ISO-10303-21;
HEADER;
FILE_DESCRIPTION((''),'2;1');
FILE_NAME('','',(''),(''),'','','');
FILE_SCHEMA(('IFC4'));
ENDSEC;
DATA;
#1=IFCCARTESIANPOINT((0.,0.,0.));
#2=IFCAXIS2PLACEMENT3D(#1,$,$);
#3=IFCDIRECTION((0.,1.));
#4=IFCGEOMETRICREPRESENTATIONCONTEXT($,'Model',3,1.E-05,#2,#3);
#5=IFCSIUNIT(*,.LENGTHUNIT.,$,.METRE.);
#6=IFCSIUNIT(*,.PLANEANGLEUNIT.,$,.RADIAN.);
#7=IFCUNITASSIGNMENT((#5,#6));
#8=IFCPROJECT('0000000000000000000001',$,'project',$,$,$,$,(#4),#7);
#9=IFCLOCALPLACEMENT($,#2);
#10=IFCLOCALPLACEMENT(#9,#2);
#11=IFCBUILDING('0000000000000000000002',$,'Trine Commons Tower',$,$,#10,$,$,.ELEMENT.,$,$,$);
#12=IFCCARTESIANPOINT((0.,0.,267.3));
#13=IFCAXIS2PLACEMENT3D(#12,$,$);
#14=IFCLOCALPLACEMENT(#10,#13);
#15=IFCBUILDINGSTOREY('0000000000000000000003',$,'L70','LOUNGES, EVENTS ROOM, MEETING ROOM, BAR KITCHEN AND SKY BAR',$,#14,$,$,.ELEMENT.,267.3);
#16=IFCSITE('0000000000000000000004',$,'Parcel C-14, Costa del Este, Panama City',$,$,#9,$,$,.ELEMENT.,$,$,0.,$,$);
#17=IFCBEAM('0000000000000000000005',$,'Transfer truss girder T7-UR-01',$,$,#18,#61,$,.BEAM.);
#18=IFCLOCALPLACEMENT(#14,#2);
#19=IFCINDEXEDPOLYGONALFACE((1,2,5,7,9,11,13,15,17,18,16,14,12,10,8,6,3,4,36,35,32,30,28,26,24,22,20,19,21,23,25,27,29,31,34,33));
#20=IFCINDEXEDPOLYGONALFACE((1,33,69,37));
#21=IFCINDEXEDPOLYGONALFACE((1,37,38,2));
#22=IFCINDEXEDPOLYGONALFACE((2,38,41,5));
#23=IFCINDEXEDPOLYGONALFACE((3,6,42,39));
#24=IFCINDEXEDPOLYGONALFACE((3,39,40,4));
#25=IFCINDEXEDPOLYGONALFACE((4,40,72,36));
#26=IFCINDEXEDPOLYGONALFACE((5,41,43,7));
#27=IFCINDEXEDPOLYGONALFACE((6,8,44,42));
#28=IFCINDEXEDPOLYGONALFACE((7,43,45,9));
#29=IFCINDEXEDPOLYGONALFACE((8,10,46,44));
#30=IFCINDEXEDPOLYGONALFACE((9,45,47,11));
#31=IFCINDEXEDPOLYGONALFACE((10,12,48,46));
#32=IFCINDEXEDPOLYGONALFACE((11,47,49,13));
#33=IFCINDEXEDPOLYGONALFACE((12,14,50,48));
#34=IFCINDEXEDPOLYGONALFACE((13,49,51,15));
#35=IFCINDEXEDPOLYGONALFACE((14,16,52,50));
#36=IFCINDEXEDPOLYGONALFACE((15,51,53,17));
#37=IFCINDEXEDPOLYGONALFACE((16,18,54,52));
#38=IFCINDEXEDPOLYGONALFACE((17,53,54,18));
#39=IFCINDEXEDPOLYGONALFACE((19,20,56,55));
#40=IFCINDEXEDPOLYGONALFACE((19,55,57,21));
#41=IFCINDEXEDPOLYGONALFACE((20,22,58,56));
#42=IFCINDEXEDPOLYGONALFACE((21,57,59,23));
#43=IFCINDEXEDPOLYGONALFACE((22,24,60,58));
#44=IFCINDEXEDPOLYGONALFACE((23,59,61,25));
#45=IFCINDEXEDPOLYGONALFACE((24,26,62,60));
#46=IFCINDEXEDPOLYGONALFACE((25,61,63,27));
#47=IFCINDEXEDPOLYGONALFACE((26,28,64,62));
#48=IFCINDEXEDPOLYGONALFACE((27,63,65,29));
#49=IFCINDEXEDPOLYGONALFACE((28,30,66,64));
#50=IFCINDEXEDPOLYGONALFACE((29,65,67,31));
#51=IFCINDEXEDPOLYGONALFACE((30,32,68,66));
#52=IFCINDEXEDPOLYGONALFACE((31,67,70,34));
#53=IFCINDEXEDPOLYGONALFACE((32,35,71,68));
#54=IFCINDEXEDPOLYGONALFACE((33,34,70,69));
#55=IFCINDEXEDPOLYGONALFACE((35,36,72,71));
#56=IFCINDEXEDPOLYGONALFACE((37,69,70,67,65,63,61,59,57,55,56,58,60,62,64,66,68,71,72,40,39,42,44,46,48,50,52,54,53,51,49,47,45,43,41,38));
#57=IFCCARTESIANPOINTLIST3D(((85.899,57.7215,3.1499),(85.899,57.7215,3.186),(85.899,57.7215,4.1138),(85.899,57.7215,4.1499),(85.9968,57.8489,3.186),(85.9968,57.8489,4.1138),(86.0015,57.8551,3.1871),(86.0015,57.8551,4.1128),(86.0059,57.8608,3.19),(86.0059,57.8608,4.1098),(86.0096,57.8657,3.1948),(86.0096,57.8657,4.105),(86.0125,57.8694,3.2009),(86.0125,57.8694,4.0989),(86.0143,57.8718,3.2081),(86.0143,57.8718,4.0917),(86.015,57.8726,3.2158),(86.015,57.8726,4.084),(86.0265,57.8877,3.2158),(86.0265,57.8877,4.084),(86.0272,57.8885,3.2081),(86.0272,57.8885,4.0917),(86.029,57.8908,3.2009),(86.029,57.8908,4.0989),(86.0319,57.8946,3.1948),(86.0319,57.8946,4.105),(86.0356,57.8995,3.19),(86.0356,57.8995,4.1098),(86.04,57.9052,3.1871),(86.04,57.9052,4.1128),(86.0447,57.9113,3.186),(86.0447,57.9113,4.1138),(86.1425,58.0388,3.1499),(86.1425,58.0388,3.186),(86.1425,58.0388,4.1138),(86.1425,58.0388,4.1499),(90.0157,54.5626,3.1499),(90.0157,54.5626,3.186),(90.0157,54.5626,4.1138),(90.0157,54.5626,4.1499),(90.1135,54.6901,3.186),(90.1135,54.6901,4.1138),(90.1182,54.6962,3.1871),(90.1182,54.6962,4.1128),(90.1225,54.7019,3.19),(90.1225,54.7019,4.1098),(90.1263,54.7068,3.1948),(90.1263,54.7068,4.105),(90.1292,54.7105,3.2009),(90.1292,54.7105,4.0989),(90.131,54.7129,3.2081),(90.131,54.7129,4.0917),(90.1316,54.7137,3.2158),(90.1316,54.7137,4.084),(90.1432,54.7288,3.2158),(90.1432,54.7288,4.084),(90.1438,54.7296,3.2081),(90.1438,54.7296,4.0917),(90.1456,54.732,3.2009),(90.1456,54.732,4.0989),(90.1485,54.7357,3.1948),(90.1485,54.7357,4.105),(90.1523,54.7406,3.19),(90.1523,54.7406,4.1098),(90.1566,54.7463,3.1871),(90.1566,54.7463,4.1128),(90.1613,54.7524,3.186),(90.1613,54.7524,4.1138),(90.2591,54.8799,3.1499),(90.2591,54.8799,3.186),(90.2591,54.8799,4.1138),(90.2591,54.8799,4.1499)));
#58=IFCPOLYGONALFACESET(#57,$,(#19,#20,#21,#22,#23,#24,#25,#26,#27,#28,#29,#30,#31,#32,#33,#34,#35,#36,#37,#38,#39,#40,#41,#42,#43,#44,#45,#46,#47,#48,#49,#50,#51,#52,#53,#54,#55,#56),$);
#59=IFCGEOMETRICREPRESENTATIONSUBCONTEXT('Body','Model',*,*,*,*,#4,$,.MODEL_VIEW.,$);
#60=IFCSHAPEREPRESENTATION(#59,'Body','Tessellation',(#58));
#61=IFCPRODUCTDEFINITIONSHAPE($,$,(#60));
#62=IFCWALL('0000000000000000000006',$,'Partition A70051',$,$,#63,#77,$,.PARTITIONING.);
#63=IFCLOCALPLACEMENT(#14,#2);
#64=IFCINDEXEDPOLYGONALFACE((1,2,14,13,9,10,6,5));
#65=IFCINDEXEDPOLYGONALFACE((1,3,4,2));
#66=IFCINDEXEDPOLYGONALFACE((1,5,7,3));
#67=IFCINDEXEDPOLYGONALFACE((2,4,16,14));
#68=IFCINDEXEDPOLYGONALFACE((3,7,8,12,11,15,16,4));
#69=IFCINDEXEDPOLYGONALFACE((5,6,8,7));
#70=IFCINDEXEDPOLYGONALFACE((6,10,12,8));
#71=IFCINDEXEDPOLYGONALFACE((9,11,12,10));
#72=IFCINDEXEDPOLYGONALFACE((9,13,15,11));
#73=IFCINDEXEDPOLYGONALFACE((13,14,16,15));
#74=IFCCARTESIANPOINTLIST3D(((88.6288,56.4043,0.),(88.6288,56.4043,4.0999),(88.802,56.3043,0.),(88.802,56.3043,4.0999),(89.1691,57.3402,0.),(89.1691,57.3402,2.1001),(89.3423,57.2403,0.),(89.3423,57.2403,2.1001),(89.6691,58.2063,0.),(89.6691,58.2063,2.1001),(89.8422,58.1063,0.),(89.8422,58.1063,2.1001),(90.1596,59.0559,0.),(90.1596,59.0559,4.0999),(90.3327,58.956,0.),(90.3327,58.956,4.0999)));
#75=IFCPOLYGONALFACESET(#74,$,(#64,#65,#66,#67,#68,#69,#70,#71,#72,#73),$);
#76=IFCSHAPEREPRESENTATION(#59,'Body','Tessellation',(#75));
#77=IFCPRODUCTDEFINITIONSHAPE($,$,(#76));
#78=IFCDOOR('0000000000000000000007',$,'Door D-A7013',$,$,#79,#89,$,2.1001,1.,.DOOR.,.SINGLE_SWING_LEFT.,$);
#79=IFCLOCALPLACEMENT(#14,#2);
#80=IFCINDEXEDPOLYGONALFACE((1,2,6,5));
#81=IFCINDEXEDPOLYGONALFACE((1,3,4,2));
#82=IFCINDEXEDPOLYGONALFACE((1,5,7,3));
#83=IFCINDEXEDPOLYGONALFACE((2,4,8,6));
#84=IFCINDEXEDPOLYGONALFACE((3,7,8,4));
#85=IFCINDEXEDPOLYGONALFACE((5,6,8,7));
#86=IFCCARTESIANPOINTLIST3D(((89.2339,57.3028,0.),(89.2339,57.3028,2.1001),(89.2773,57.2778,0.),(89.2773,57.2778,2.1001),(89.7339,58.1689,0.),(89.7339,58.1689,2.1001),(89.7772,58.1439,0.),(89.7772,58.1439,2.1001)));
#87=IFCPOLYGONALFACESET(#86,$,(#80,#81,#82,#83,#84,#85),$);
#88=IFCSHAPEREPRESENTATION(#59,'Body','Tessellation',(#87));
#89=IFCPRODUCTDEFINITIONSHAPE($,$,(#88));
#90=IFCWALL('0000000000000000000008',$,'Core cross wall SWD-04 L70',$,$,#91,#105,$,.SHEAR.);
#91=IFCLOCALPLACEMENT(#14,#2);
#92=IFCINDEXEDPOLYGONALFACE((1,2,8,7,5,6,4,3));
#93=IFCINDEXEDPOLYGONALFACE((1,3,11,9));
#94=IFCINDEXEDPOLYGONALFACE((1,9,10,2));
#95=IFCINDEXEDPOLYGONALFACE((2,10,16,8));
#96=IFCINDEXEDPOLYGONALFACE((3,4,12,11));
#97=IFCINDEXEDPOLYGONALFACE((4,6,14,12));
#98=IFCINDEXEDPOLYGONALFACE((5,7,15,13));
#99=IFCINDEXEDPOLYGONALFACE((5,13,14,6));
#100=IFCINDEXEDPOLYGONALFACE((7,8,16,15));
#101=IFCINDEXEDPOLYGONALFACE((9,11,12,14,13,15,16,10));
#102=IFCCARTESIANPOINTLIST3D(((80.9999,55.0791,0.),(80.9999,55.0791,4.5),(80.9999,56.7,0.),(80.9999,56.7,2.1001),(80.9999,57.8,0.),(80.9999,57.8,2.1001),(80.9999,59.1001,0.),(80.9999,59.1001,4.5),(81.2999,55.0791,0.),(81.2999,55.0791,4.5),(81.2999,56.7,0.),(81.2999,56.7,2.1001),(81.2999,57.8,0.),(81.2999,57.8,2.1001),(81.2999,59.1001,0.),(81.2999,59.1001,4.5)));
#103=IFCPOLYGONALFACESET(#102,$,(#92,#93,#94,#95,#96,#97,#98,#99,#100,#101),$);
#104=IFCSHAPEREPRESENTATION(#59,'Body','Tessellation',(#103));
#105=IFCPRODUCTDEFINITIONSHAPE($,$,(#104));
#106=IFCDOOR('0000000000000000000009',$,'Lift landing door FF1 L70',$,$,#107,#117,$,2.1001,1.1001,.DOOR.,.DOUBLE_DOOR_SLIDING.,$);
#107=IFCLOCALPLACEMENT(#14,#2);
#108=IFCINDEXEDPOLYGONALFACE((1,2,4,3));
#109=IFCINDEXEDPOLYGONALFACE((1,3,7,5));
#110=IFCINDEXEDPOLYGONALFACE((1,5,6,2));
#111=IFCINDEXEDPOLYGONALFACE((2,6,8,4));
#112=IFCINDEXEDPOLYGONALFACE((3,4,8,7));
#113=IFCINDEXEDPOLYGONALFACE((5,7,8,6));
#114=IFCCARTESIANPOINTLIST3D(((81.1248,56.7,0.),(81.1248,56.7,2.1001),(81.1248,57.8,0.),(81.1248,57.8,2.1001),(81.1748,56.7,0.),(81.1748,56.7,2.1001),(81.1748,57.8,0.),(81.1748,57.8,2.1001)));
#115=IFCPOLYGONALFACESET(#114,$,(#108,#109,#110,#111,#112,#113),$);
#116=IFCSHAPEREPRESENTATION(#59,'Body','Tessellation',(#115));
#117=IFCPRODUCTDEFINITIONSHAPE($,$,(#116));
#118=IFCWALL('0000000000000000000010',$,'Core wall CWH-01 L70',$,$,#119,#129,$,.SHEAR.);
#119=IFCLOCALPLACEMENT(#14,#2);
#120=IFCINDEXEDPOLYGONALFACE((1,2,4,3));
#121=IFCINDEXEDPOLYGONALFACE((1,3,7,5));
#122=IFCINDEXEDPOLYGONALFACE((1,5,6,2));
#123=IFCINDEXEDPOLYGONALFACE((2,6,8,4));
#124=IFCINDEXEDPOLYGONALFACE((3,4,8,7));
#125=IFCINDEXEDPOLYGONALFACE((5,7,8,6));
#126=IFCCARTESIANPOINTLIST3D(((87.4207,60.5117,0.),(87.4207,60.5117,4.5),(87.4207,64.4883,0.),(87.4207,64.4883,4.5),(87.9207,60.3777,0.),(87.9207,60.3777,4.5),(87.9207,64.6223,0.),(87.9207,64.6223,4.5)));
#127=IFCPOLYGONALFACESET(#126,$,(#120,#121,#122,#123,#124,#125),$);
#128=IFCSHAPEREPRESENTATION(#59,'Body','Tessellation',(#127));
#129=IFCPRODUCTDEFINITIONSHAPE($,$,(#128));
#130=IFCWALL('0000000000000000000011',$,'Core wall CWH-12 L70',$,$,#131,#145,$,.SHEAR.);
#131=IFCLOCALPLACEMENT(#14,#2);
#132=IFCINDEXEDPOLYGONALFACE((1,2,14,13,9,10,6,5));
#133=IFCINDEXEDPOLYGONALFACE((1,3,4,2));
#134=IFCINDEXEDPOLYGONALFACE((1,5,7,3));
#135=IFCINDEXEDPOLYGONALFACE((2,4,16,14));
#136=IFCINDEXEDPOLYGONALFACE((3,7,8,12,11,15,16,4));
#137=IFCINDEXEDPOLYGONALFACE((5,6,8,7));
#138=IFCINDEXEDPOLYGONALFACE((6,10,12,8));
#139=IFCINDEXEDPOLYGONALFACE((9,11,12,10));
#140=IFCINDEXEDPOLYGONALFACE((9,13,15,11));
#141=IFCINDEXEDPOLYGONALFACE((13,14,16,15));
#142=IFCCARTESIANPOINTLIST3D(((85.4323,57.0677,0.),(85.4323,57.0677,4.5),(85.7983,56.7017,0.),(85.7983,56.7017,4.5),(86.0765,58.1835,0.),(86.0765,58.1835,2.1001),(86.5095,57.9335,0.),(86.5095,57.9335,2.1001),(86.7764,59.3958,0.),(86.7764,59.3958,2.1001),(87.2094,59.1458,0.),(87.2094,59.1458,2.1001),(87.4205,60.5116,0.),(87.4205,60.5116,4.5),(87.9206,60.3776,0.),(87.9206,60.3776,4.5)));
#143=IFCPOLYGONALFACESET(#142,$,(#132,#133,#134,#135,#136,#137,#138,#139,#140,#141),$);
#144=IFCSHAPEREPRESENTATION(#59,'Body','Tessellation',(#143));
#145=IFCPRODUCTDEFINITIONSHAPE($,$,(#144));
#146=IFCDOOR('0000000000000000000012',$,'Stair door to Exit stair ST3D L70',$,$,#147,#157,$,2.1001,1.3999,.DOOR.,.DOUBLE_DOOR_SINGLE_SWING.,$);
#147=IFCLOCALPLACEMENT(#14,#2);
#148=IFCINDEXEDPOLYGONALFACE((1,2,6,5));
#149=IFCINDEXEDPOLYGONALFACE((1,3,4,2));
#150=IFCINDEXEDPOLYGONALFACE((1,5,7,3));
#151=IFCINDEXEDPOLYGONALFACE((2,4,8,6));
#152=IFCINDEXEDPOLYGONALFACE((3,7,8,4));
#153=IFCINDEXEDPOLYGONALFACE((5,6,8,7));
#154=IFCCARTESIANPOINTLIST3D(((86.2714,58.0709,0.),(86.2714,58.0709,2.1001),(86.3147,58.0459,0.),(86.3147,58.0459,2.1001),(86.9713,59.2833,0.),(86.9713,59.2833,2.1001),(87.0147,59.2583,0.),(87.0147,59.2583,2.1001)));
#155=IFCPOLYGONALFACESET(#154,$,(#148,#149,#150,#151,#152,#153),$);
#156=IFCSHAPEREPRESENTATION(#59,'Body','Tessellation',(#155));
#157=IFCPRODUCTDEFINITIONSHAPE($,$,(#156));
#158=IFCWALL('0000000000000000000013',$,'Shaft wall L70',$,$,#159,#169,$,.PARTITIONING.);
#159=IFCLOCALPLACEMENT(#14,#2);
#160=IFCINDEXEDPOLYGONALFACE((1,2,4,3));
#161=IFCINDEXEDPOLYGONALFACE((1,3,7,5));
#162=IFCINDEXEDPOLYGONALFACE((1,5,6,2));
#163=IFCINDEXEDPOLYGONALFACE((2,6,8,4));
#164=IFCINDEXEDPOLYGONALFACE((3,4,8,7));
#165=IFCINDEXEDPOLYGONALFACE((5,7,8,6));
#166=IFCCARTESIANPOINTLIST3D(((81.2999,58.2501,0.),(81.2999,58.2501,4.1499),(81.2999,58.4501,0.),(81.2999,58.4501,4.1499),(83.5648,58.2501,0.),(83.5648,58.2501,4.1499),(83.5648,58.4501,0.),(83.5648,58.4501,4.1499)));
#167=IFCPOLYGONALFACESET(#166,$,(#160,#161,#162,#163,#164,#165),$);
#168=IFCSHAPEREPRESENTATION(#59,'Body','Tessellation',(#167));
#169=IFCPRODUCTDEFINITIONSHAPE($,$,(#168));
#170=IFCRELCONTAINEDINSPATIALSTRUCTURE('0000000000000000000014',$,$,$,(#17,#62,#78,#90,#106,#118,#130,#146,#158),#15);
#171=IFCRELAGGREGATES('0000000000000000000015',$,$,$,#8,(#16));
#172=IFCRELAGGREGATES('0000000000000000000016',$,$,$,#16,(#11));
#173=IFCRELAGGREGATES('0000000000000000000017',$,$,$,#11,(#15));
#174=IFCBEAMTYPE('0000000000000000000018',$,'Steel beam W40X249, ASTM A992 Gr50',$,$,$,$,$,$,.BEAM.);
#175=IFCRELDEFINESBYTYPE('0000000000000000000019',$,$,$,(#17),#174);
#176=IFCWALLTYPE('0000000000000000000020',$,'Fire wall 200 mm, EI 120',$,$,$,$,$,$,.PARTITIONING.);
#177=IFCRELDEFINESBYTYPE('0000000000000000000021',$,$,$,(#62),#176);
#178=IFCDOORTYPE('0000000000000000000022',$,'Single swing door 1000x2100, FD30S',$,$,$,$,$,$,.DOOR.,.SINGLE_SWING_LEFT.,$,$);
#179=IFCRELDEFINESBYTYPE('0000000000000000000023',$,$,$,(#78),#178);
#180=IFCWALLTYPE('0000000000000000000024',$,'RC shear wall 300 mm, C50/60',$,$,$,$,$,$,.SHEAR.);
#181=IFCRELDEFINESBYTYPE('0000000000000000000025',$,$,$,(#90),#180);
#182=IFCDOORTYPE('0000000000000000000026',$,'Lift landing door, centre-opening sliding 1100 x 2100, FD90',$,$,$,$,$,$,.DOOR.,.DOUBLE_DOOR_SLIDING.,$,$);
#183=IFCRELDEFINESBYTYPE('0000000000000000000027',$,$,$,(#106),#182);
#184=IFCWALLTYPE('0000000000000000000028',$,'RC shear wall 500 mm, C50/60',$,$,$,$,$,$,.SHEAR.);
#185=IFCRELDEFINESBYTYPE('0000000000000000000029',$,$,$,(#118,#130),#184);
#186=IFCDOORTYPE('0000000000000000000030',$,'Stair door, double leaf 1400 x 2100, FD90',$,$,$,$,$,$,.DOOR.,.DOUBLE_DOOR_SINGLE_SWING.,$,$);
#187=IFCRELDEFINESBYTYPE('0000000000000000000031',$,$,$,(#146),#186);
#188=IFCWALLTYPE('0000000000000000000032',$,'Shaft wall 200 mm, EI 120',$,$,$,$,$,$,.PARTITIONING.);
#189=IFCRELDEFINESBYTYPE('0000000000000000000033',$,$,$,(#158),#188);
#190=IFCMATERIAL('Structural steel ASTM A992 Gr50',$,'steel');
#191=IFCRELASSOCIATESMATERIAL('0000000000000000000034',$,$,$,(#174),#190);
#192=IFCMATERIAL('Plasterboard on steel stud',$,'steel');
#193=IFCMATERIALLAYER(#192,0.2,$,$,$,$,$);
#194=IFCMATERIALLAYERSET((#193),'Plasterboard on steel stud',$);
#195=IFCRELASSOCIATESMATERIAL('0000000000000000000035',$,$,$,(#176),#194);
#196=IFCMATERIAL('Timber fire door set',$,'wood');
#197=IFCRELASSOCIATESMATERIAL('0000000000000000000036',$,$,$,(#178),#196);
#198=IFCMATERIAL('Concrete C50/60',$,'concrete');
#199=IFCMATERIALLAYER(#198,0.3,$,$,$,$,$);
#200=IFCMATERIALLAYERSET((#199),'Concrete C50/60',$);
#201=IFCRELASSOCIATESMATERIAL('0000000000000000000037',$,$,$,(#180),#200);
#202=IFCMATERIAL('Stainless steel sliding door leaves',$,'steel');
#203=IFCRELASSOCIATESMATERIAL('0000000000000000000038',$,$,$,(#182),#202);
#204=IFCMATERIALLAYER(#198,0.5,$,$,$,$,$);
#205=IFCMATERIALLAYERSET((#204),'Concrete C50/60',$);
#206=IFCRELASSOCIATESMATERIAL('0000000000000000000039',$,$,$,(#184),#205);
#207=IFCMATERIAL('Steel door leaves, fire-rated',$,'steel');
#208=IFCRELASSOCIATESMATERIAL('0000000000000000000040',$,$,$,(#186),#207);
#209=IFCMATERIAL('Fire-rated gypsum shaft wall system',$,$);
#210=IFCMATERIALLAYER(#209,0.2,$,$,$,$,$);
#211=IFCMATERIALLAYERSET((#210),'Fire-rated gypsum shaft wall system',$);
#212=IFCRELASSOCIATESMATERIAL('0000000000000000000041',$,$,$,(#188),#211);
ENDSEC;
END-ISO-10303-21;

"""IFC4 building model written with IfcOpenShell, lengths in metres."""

from ifc_helpers import new_model, si_unit, direction, frame, frame_2d, origin, origin_2d, place, context, subcontext, project, spatial, polyline, rectangle, i_section, outline, extrude, material, layer, layer_set, material_profile, profile_set, type_object, element, fill, save


model = new_model("IFC4")

# Units and contexts
model_context = context("Model", 3, precision=1e-05, world=origin(), true_north=direction((0.0, 1.0)))
body_context = subcontext(model_context, "Body", "Model", "MODEL_VIEW")
ifc_project = project(units=[si_unit("LENGTHUNIT", "METRE"), si_unit("PLANEANGLEUNIT", "RADIAN")], contexts=[model_context])

# Site, building, storey
site_placement = place(None, origin())
site = spatial("IfcSite", under=ifc_project, at=site_placement, Name="Parcel C-14, Costa del Este, Panama City", CompositionType="ELEMENT", RefElevation=0.0)
building_placement = place(site_placement, origin())
building = spatial("IfcBuilding", under=site, at=building_placement, Name="Trine Commons Tower", CompositionType="ELEMENT")
storey_placement = place(building_placement, frame((0.0, 0.0, 267.3)))
storey = spatial("IfcBuildingStorey", under=building, at=storey_placement, Name="L70", Description="LOUNGES, EVENTS ROOM, MEETING ROOM, BAR KITCHEN AND SKY BAR", CompositionType="ELEMENT", Elevation=267.3)

# Beam
ifc_material_1 = material(Name="Structural steel ASTM A992 Gr50", Category="steel")
ifc_material_profile = material_profile(ifc_material_1, i_section(OverallWidth=0.3999, OverallDepth=1.0, WebThickness=0.019, FlangeThickness=0.0361, FilletRadius=0.0298, at=origin_2d()), Name="W40X249")
ifc_profile_set = profile_set([ifc_material_profile], Name="Structural steel ASTM A992 Gr50")
beam_type = type_object("IfcBeamType", Name="Steel beam W40X249, ASTM A992 Gr50", PredefinedType="BEAM", material=ifc_profile_set)
beam_placement = place(storey_placement, frame((86.0208, 57.8801, 3.6499), z_axis=(0.793346, -0.608771, 0.0), x_axis=(0.608771, 0.793346, 0.0)))
element("IfcBeam", 1, at=beam_placement, inside=storey, type_object=beam_type, Name="Transfer truss girder T7-UR-01", PredefinedType="BEAM", context=body_context, shape_type="SweptSolid", body=[
    extrude(i_section(OverallWidth=0.3999, OverallDepth=1.0, WebThickness=0.019, FlangeThickness=0.0361, FilletRadius=0.0298, at=origin_2d()), origin(), (0.0, 0.0, 1.0), 5.189),
])

# Walls, openings, doors
ifc_material_2 = material(Name="Plasterboard on steel stud", Category="steel")
ifc_layer_1 = layer(ifc_material_2, 0.2)
ifc_layer_set_1 = layer_set([ifc_layer_1], Name="Plasterboard on steel stud")
wall_type_1 = type_object("IfcWallType", Name="Fire wall 200 mm, EI 120", PredefinedType="PARTITIONING", material=ifc_layer_set_1)
wall_1_placement = place(storey_placement, frame((90.2461, 59.0059, 0.0), z_axis=(0.0, 0.0, 1.0), x_axis=(-0.499964, -0.866046, 0.0)))
wall_1 = element("IfcWall", 2, at=wall_1_placement, inside=storey, type_object=wall_type_1, Name="Partition A70051", PredefinedType="PARTITIONING", context=body_context, shape_type="SweptSolid", body=[
    extrude(rectangle(XDim=3.0618, YDim=0.2, at=frame_2d((1.5308, 0.0))), origin(), (0.0, 0.0, 1.0), 4.0999),
])
opening_1_placement = place(wall_1_placement, frame((0.981, 0.0, 0.0)))
opening_1 = element("IfcOpeningElement", 3, at=opening_1_placement, cuts=wall_1, PredefinedType="OPENING", context=body_context, shape_type="SweptSolid", body=[
    extrude(rectangle(XDim=1.0, YDim=2.1001, at=frame_2d((0.5, 1.05))), frame((0.0, 0.1099, 0.0), z_axis=(0.0, -1.0, 0.0), x_axis=(1.0, 0.0, 0.0)), (0.0, 0.0, 1.0), 0.22),
])
ifc_material_3 = material(Name="Timber fire door set", Category="wood")
door_type_1 = type_object("IfcDoorType", Name="Single swing door 1000x2100, FD30S", OperationType="SINGLE_SWING_LEFT", PredefinedType="DOOR", material=ifc_material_3)
door_1_placement = place(opening_1_placement, origin())
door_1 = element("IfcDoor", 4, at=door_1_placement, inside=storey, type_object=door_type_1, Name="Door D-A7013", OperationType="SINGLE_SWING_LEFT", OverallHeight=2.1001, OverallWidth=1.0, PredefinedType="DOOR", context=body_context, shape_type="SweptSolid", body=[
    extrude(rectangle(XDim=1.0, YDim=2.1001, at=frame_2d((0.5, 1.05))), frame((0.0, 0.0249, 0.0), z_axis=(0.0, -1.0, 0.0), x_axis=(1.0, 0.0, 0.0)), (0.0, 0.0, 1.0), 0.05),
])
fill(opening_1, door_1)
ifc_material_4 = material(Name="Concrete C50/60", Category="concrete")
ifc_layer_2 = layer(ifc_material_4, 0.3)
ifc_layer_set_2 = layer_set([ifc_layer_2], Name="Concrete C50/60")
wall_type_2 = type_object("IfcWallType", Name="RC shear wall 300 mm, C50/60", PredefinedType="SHEAR", material=ifc_layer_set_2)
wall_2_placement = place(storey_placement, frame((81.1499, 59.1001, 0.0), z_axis=(0.0, 0.0, 1.0), x_axis=(0.0, -1.0, 0.0)))
wall_2 = element("IfcWall", 5, at=wall_2_placement, inside=storey, type_object=wall_type_2, Name="Core cross wall SWD-04 L70", PredefinedType="SHEAR", context=body_context, shape_type="SweptSolid", body=[
    extrude(rectangle(XDim=4.021, YDim=0.3, at=frame_2d((2.0105, 0.0))), origin(), (0.0, 0.0, 1.0), 4.5),
])
opening_2_placement = place(wall_2_placement, frame((1.3, 0.0, 0.0)))
opening_2 = element("IfcOpeningElement", 6, at=opening_2_placement, cuts=wall_2, PredefinedType="OPENING", context=body_context, shape_type="SweptSolid", body=[
    extrude(rectangle(XDim=1.1001, YDim=2.1001, at=frame_2d((0.55, 1.05))), frame((0.0, 0.1599, 0.0), z_axis=(0.0, -1.0, 0.0), x_axis=(1.0, 0.0, 0.0)), (0.0, 0.0, 1.0), 0.3201),
])
ifc_material_5 = material(Name="Stainless steel sliding door leaves", Category="steel")
door_type_2 = type_object("IfcDoorType", Name="Lift landing door, centre-opening sliding 1100 x 2100, FD90", OperationType="DOUBLE_DOOR_SLIDING", PredefinedType="DOOR", material=ifc_material_5)
door_2_placement = place(opening_2_placement, origin())
door_2 = element("IfcDoor", 7, at=door_2_placement, inside=storey, type_object=door_type_2, Name="Lift landing door FF1 L70", OperationType="DOUBLE_DOOR_SLIDING", OverallHeight=2.1001, OverallWidth=1.1001, PredefinedType="DOOR", context=body_context, shape_type="SweptSolid", body=[
    extrude(rectangle(XDim=1.1001, YDim=2.1001, at=frame_2d((0.55, 1.05))), frame((0.0, 0.0249, 0.0), z_axis=(0.0, -1.0, 0.0), x_axis=(1.0, 0.0, 0.0)), (0.0, 0.0, 1.0), 0.05),
])
fill(opening_2, door_2)

# Wall
ifc_layer_3 = layer(ifc_material_4, 0.5)
ifc_layer_set_3 = layer_set([ifc_layer_3], Name="Concrete C50/60")
wall_type_3 = type_object("IfcWallType", Name="RC shear wall 500 mm, C50/60", PredefinedType="SHEAR", material=ifc_layer_set_3)
wall_3_placement = place(storey_placement, frame((87.6707, 60.3777, 0.0), z_axis=(0.0, 0.0, 1.0), x_axis=(0.0, 1.0, 0.0)))
element("IfcWall", 8, at=wall_3_placement, inside=storey, type_object=wall_type_3, Name="Core wall CWH-01 L70", PredefinedType="SHEAR", context=body_context, shape_type="SweptSolid", body=[
    extrude(outline(polyline([(0.0, -0.25), (4.2446, -0.25), (4.1106, 0.25), (0.134, 0.25), (0.0, -0.25)])), origin(), (0.0, 0.0, 1.0), 4.5),
])

# Wall, opening, door
wall_4_placement = place(storey_placement, frame((85.5818, 56.8267, 0.0), z_axis=(0.0, 0.0, 1.0), x_axis=(0.499993, 0.866029, 0.0)))
wall_4 = element("IfcWall", 9, at=wall_4_placement, inside=storey, type_object=wall_type_3, Name="Core wall CWH-12 L70", PredefinedType="SHEAR", context=body_context, shape_type="SweptSolid", body=[
    extrude(outline(polyline([(0.0, -0.25), (4.2446, -0.25), (4.1106, 0.25), (0.134, 0.25), (0.0, -0.25)])), origin(), (0.0, 0.0, 1.0), 4.5),
])
opening_3_placement = place(wall_4_placement, frame((1.4224, 0.0, 0.0)))
opening_3 = element("IfcOpeningElement", 10, at=opening_3_placement, cuts=wall_4, PredefinedType="OPENING", context=body_context, shape_type="SweptSolid", body=[
    extrude(rectangle(XDim=1.3999, YDim=2.1001, at=frame_2d((0.7, 1.05))), frame((0.0, 0.26, 0.0), z_axis=(0.0, -1.0, 0.0), x_axis=(1.0, 0.0, 0.0)), (0.0, 0.0, 1.0), 0.52),
])
ifc_material_6 = material(Name="Steel door leaves, fire-rated", Category="steel")
door_type_3 = type_object("IfcDoorType", Name="Stair door, double leaf 1400 x 2100, FD90", OperationType="DOUBLE_DOOR_SINGLE_SWING", PredefinedType="DOOR", material=ifc_material_6)
door_3_placement = place(opening_3_placement, origin())
door_3 = element("IfcDoor", 11, at=door_3_placement, inside=storey, type_object=door_type_3, Name="Stair door to Exit stair ST3D L70", OperationType="DOUBLE_DOOR_SINGLE_SWING", OverallHeight=2.1001, OverallWidth=1.3999, PredefinedType="DOOR", context=body_context, shape_type="SweptSolid", body=[
    extrude(rectangle(XDim=1.3999, YDim=2.1001, at=frame_2d((0.7, 1.05))), frame((0.0, 0.0249, 0.0), z_axis=(0.0, -1.0, 0.0), x_axis=(1.0, 0.0, 0.0)), (0.0, 0.0, 1.0), 0.05),
])
fill(opening_3, door_3)

# Wall
ifc_material_7 = material(Name="Fire-rated gypsum shaft wall system")
ifc_layer_4 = layer(ifc_material_7, 0.2)
ifc_layer_set_4 = layer_set([ifc_layer_4], Name="Fire-rated gypsum shaft wall system")
wall_type_4 = type_object("IfcWallType", Name="Shaft wall 200 mm, EI 120", PredefinedType="PARTITIONING", material=ifc_layer_set_4)
wall_5_placement = place(storey_placement, frame((81.3, 58.3501, 0.0), z_axis=(0.0, 0.0, 1.0), x_axis=(1.0, 0.0, 0.0)))
element("IfcWall", 12, at=wall_5_placement, inside=storey, type_object=wall_type_4, Name="Shaft wall L70", PredefinedType="PARTITIONING", context=body_context, shape_type="SweptSolid", body=[
    extrude(rectangle(XDim=2.2649, YDim=0.2, at=frame_2d((1.1323, 0.0))), origin(), (0.0, 0.0, 1.0), 4.1499),
])

save(model, "model.ifc")
